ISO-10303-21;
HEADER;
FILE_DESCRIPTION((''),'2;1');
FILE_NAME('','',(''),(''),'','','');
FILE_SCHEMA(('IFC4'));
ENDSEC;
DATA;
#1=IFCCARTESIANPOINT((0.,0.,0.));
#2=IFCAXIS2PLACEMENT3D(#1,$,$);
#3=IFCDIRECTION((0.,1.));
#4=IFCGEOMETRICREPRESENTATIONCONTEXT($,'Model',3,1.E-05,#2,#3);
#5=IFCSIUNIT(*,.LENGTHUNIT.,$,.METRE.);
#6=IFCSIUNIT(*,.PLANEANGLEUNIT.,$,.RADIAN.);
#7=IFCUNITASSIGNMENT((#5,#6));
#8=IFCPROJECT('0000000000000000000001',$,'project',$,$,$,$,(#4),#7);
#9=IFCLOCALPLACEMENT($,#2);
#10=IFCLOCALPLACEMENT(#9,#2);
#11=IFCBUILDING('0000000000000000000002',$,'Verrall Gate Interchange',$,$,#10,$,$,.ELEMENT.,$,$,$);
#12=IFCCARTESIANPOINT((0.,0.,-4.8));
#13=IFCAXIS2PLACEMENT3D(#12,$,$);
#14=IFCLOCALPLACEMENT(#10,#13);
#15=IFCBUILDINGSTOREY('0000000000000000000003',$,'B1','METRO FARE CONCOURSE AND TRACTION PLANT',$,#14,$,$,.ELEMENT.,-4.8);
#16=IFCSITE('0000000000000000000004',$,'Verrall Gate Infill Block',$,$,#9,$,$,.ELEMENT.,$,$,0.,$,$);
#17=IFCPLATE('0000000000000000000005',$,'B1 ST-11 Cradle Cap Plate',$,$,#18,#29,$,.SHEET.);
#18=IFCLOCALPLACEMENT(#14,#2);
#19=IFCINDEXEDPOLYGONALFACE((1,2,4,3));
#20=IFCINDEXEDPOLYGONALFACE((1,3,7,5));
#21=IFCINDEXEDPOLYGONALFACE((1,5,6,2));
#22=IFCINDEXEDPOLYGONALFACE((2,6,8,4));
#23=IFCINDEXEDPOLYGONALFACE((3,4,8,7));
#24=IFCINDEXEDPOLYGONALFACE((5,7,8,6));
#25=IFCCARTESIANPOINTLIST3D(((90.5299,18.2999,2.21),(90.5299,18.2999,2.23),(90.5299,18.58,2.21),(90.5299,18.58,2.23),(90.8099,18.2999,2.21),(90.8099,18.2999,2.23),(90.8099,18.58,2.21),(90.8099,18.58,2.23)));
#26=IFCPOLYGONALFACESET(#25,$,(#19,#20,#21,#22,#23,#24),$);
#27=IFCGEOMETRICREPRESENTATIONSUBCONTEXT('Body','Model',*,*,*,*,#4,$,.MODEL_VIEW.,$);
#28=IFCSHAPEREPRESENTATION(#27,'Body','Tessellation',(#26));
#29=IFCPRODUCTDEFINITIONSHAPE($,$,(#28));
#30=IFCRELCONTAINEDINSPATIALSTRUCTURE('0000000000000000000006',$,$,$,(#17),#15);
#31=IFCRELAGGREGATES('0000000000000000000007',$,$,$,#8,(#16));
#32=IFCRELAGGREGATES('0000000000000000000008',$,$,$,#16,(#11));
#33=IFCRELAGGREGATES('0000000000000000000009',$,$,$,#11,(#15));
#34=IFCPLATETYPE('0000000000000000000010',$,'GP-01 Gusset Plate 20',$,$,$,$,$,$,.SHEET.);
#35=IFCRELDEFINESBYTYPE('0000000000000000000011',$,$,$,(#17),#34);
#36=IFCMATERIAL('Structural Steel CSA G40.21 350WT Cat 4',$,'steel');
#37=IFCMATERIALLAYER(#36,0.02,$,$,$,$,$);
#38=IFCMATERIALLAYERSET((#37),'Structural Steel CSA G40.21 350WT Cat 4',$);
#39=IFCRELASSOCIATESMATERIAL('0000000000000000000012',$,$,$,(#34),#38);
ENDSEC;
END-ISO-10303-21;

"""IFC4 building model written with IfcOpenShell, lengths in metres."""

from ifc_helpers import new_model, si_unit, direction, frame, origin, origin_2d, place, context, subcontext, project, spatial, rectangle, extrude, material, layer, layer_set, type_object, element, save


model = new_model("IFC4")

# Units and contexts
model_context = context("Model", 3, precision=1e-05, world=origin(), true_north=direction((0.0, 1.0)))
body_context = subcontext(model_context, "Body", "Model", "MODEL_VIEW")
ifc_project = project(units=[si_unit("LENGTHUNIT", "METRE"), si_unit("PLANEANGLEUNIT", "RADIAN")], contexts=[model_context])

# Site, building, storey
site_placement = place(None, origin())
site = spatial("IfcSite", under=ifc_project, at=site_placement, Name="Verrall Gate Infill Block", CompositionType="ELEMENT", RefElevation=0.0)
building_placement = place(site_placement, origin())
building = spatial("IfcBuilding", under=site, at=building_placement, Name="Verrall Gate Interchange", CompositionType="ELEMENT")
storey_placement = place(building_placement, frame((0.0, 0.0, -4.8)))
storey = spatial("IfcBuildingStorey", under=building, at=storey_placement, Name="B1", Description="METRO FARE CONCOURSE AND TRACTION PLANT", CompositionType="ELEMENT", Elevation=-4.8)

# Plate
ifc_material_1 = material(Name="Structural Steel CSA G40.21 350WT Cat 4", Category="steel")
ifc_layer = layer(ifc_material_1, 0.02)
ifc_layer_set = layer_set([ifc_layer], Name="Structural Steel CSA G40.21 350WT Cat 4")
plate_type = type_object("IfcPlateType", Name="GP-01 Gusset Plate 20", PredefinedType="SHEET", material=ifc_layer_set)
plate_placement = place(storey_placement, frame((90.6699, 18.4399, 2.21), z_axis=(0.0, 0.0, 1.0), x_axis=(1.0, 0.0, 0.0)))
element("IfcPlate", 1, at=plate_placement, inside=storey, type_object=plate_type, Name="B1 ST-11 Cradle Cap Plate", PredefinedType="SHEET", context=body_context, shape_type="SweptSolid", body=[
    extrude(rectangle(XDim=0.28, YDim=0.28, at=origin_2d()), origin(), (0.0, 0.0, 1.0), 0.02),
])

save(model, "model.ifc")
